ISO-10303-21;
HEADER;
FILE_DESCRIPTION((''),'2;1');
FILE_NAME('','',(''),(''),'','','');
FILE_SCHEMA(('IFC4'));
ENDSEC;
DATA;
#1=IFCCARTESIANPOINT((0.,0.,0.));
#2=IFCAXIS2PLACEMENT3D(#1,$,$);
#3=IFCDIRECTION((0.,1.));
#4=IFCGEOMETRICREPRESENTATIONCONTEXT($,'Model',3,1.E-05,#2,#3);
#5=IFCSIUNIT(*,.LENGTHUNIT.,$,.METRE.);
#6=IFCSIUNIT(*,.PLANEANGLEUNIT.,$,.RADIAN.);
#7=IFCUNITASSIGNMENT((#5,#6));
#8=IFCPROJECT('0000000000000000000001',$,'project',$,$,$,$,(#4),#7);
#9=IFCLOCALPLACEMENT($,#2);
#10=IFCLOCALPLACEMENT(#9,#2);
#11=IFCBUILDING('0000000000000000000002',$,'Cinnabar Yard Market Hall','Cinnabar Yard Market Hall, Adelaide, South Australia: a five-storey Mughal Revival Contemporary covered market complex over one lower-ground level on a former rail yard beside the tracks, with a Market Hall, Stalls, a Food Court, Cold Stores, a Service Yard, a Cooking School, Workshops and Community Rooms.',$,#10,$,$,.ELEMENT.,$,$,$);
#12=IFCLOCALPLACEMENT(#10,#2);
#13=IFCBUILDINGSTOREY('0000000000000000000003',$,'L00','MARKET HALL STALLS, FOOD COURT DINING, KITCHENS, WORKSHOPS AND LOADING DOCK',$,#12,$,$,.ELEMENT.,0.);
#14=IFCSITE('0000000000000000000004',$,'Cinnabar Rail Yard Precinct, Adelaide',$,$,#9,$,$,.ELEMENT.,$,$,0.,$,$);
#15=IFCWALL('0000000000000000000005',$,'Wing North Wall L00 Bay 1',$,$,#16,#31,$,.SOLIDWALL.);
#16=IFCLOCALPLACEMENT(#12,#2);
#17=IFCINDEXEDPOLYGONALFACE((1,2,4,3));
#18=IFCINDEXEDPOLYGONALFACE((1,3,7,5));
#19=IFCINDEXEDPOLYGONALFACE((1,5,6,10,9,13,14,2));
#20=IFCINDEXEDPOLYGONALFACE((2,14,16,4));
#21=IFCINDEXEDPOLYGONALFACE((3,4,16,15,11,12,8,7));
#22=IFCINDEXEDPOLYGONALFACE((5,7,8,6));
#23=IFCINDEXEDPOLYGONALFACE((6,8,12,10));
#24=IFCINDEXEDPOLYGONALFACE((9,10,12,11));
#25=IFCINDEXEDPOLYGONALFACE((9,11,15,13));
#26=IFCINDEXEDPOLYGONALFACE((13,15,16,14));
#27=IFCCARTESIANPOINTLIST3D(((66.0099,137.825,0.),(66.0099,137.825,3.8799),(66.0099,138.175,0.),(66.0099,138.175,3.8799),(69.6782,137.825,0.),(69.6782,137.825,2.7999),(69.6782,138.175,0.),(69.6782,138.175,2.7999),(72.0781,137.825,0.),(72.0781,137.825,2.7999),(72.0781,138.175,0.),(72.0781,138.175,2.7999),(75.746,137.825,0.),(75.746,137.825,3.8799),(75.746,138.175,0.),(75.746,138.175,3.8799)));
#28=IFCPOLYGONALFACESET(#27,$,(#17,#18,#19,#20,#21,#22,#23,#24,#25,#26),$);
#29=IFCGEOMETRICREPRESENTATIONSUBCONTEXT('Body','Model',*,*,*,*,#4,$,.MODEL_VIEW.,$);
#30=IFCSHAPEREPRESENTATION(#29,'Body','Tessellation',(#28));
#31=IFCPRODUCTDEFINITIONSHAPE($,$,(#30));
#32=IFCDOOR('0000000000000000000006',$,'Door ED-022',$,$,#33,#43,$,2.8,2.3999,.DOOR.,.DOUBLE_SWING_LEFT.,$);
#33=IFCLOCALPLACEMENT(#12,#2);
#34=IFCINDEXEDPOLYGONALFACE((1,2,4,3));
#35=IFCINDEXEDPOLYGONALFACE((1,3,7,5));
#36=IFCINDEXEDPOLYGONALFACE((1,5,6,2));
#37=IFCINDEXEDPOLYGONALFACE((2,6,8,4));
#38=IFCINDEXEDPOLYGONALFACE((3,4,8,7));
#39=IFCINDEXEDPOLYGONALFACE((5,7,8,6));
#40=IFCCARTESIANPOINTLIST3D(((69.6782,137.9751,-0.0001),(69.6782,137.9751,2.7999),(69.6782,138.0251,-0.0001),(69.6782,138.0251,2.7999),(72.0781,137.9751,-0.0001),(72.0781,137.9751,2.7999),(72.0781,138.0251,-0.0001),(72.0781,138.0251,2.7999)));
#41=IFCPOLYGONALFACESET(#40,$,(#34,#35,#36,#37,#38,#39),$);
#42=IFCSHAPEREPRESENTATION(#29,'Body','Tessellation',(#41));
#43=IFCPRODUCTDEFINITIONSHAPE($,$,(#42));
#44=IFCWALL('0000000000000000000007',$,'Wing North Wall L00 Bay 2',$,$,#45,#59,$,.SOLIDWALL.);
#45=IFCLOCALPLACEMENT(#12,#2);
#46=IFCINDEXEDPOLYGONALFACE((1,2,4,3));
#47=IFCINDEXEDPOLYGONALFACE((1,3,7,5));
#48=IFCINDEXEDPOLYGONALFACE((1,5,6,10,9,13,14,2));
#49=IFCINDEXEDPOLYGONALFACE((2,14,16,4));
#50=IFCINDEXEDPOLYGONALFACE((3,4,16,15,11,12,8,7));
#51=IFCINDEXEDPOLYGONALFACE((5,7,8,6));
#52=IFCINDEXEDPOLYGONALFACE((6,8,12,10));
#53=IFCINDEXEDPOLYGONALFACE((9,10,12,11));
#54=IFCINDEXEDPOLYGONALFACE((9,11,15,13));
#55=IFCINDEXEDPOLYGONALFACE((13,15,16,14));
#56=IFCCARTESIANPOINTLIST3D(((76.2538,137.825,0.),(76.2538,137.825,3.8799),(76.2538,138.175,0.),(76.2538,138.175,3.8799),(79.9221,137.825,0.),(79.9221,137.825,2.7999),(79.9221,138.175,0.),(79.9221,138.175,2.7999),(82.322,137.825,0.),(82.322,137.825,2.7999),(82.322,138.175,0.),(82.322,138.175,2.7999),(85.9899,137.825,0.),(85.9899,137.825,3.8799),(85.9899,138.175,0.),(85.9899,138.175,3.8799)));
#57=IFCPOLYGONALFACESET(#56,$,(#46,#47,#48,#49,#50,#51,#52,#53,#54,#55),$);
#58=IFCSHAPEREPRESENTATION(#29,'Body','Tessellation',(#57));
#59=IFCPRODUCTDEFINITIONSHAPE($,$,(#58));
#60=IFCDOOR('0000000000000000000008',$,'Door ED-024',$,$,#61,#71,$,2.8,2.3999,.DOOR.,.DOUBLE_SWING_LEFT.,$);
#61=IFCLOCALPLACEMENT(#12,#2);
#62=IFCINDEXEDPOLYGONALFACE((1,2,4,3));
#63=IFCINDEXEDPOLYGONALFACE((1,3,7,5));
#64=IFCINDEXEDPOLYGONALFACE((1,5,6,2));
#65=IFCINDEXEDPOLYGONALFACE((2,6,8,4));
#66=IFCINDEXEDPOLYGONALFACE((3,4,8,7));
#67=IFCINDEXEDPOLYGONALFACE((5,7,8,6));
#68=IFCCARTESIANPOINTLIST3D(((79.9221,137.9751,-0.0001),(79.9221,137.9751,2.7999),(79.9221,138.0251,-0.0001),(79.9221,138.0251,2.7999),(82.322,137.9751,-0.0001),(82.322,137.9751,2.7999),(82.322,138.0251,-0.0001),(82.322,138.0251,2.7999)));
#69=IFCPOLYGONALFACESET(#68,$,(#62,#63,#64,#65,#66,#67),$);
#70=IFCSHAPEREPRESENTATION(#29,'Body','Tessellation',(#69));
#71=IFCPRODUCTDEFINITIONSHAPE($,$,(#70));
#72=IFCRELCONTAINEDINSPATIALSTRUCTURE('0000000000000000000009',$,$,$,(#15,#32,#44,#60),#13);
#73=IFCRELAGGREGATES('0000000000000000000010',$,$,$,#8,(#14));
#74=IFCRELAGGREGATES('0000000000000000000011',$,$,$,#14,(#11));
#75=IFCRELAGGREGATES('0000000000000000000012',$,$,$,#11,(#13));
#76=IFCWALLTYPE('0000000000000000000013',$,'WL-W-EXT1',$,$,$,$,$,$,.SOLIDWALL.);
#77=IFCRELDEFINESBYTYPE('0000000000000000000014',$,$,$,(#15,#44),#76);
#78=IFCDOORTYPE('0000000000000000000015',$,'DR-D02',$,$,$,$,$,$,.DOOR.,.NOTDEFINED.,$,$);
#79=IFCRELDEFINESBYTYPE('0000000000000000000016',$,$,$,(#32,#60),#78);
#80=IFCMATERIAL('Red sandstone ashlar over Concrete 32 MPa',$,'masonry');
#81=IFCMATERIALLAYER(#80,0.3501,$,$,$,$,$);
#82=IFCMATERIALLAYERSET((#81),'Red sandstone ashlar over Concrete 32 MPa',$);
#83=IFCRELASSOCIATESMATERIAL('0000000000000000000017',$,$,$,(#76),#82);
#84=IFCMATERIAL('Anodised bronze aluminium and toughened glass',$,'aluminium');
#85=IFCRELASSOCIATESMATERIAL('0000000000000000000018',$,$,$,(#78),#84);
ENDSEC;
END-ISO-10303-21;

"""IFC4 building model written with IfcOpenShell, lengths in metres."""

from ifc_helpers import new_model, si_unit, direction, frame, frame_2d, origin, place, context, subcontext, project, spatial, rectangle, extrude, material, layer, layer_set, type_object, element, fill, save


model = new_model("IFC4")

# Units and contexts
model_context = context("Model", 3, precision=1e-05, world=origin(), true_north=direction((0.0, 1.0)))
body_context = subcontext(model_context, "Body", "Model", "MODEL_VIEW")
ifc_project = project(units=[si_unit("LENGTHUNIT", "METRE"), si_unit("PLANEANGLEUNIT", "RADIAN")], contexts=[model_context])

# Site, building, storey
site_placement = place(None, origin())
site = spatial("IfcSite", under=ifc_project, at=site_placement, Name="Cinnabar Rail Yard Precinct, Adelaide", CompositionType="ELEMENT", RefElevation=0.0)
building_placement = place(site_placement, origin())
building = spatial("IfcBuilding", under=site, at=building_placement, Name="Cinnabar Yard Market Hall", Description="Cinnabar Yard Market Hall, Adelaide, South Australia: a five-storey Mughal Revival Contemporary covered market complex over one lower-ground level on a former rail yard beside the tracks, with a Market Hall, Stalls, a Food Court, Cold Stores, a Service Yard, a Cooking School, Workshops and Community Rooms.", CompositionType="ELEMENT")
storey_placement = place(building_placement, origin())
storey = spatial("IfcBuildingStorey", under=building, at=storey_placement, Name="L00", Description="MARKET HALL STALLS, FOOD COURT DINING, KITCHENS, WORKSHOPS AND LOADING DOCK", CompositionType="ELEMENT", Elevation=0.0)

# Walls, openings, doors
ifc_material_1 = material(Name="Red sandstone ashlar over Concrete 32 MPa", Category="masonry")
ifc_layer_1 = layer(ifc_material_1, 0.3501)
ifc_layer_set_1 = layer_set([ifc_layer_1], Name="Red sandstone ashlar over Concrete 32 MPa")
wall_type_1 = type_object("IfcWallType", Name="WL-W-EXT1", PredefinedType="SOLIDWALL", material=ifc_layer_set_1)
wall_1_placement = place(storey_placement, frame((75.7461, 138.0, 0.0), z_axis=(0.0, 0.0, 1.0), x_axis=(-1.0, 0.0, 0.0)))
wall_1 = element("IfcWall", 1, at=wall_1_placement, inside=storey, type_object=wall_type_1, Name="Wing North Wall L00 Bay 1", PredefinedType="SOLIDWALL", context=body_context, shape_type="SweptSolid", body=[
    extrude(rectangle(XDim=9.7361, YDim=0.3501, at=frame_2d((4.8682, 0.0), x_axis=(1.0, 0.0))), origin(), (0.0, 0.0, 1.0), 3.8799),
])
opening_1_placement = place(wall_1_placement, frame((3.668, 0.0, 0.0)))
opening_1 = element("IfcOpeningElement", 2, at=opening_1_placement, cuts=wall_1, PredefinedType="OPENING", context=body_context, shape_type="SweptSolid", body=[
    extrude(rectangle(XDim=2.3999, YDim=2.8, at=frame_2d((1.2, 1.3999), x_axis=(1.0, 0.0))), frame((0.0, 0.1851, 0.0), z_axis=(0.0, -1.0, 0.0), x_axis=(1.0, 0.0, 0.0)), (0.0, 0.0, 1.0), 0.3701),
])
ifc_material_2 = material(Name="Anodised bronze aluminium and toughened glass", Category="aluminium")
door_type = type_object("IfcDoorType", Name="DR-D02", OperationType="NOTDEFINED", PredefinedType="DOOR", material=ifc_material_2)
door_1_placement = place(opening_1_placement, origin())
door_1 = element("IfcDoor", 3, at=door_1_placement, inside=storey, type_object=door_type, Name="Door ED-022", OperationType="DOUBLE_SWING_LEFT", OverallHeight=2.8, OverallWidth=2.3999, PredefinedType="DOOR", context=body_context, shape_type="SweptSolid", body=[
    extrude(rectangle(XDim=2.3999, YDim=2.8, at=frame_2d((1.2, 1.3999), x_axis=(1.0, 0.0))), frame((0.0, 0.0249, 0.0), z_axis=(0.0, -1.0, 0.0), x_axis=(1.0, 0.0, 0.0)), (0.0, 0.0, 1.0), 0.05),
])
fill(opening_1, door_1)
wall_2_placement = place(storey_placement, frame((85.99, 138.0, 0.0), z_axis=(0.0, 0.0, 1.0), x_axis=(-1.0, 0.0, 0.0)))
wall_2 = element("IfcWall", 4, at=wall_2_placement, inside=storey, type_object=wall_type_1, Name="Wing North Wall L00 Bay 2", PredefinedType="SOLIDWALL", context=body_context, shape_type="SweptSolid", body=[
    extrude(rectangle(XDim=9.7361, YDim=0.3501, at=frame_2d((4.8682, 0.0), x_axis=(1.0, 0.0))), origin(), (0.0, 0.0, 1.0), 3.8799),
])
opening_2_placement = place(wall_2_placement, frame((3.668, 0.0, 0.0)))
opening_2 = element("IfcOpeningElement", 5, at=opening_2_placement, cuts=wall_2, PredefinedType="OPENING", context=body_context, shape_type="SweptSolid", body=[
    extrude(rectangle(XDim=2.3999, YDim=2.8, at=frame_2d((1.2, 1.3999), x_axis=(1.0, 0.0))), frame((0.0, 0.1851, 0.0), z_axis=(0.0, -1.0, 0.0), x_axis=(1.0, 0.0, 0.0)), (0.0, 0.0, 1.0), 0.3701),
])
door_2_placement = place(opening_2_placement, origin())
door_2 = element("IfcDoor", 6, at=door_2_placement, inside=storey, type_object=door_type, Name="Door ED-024", OperationType="DOUBLE_SWING_LEFT", OverallHeight=2.8, OverallWidth=2.3999, PredefinedType="DOOR", context=body_context, shape_type="SweptSolid", body=[
    extrude(rectangle(XDim=2.3999, YDim=2.8, at=frame_2d((1.2, 1.3999), x_axis=(1.0, 0.0))), frame((0.0, 0.0249, 0.0), z_axis=(0.0, -1.0, 0.0), x_axis=(1.0, 0.0, 0.0)), (0.0, 0.0, 1.0), 0.05),
])
fill(opening_2, door_2)

save(model, "model.ifc")
